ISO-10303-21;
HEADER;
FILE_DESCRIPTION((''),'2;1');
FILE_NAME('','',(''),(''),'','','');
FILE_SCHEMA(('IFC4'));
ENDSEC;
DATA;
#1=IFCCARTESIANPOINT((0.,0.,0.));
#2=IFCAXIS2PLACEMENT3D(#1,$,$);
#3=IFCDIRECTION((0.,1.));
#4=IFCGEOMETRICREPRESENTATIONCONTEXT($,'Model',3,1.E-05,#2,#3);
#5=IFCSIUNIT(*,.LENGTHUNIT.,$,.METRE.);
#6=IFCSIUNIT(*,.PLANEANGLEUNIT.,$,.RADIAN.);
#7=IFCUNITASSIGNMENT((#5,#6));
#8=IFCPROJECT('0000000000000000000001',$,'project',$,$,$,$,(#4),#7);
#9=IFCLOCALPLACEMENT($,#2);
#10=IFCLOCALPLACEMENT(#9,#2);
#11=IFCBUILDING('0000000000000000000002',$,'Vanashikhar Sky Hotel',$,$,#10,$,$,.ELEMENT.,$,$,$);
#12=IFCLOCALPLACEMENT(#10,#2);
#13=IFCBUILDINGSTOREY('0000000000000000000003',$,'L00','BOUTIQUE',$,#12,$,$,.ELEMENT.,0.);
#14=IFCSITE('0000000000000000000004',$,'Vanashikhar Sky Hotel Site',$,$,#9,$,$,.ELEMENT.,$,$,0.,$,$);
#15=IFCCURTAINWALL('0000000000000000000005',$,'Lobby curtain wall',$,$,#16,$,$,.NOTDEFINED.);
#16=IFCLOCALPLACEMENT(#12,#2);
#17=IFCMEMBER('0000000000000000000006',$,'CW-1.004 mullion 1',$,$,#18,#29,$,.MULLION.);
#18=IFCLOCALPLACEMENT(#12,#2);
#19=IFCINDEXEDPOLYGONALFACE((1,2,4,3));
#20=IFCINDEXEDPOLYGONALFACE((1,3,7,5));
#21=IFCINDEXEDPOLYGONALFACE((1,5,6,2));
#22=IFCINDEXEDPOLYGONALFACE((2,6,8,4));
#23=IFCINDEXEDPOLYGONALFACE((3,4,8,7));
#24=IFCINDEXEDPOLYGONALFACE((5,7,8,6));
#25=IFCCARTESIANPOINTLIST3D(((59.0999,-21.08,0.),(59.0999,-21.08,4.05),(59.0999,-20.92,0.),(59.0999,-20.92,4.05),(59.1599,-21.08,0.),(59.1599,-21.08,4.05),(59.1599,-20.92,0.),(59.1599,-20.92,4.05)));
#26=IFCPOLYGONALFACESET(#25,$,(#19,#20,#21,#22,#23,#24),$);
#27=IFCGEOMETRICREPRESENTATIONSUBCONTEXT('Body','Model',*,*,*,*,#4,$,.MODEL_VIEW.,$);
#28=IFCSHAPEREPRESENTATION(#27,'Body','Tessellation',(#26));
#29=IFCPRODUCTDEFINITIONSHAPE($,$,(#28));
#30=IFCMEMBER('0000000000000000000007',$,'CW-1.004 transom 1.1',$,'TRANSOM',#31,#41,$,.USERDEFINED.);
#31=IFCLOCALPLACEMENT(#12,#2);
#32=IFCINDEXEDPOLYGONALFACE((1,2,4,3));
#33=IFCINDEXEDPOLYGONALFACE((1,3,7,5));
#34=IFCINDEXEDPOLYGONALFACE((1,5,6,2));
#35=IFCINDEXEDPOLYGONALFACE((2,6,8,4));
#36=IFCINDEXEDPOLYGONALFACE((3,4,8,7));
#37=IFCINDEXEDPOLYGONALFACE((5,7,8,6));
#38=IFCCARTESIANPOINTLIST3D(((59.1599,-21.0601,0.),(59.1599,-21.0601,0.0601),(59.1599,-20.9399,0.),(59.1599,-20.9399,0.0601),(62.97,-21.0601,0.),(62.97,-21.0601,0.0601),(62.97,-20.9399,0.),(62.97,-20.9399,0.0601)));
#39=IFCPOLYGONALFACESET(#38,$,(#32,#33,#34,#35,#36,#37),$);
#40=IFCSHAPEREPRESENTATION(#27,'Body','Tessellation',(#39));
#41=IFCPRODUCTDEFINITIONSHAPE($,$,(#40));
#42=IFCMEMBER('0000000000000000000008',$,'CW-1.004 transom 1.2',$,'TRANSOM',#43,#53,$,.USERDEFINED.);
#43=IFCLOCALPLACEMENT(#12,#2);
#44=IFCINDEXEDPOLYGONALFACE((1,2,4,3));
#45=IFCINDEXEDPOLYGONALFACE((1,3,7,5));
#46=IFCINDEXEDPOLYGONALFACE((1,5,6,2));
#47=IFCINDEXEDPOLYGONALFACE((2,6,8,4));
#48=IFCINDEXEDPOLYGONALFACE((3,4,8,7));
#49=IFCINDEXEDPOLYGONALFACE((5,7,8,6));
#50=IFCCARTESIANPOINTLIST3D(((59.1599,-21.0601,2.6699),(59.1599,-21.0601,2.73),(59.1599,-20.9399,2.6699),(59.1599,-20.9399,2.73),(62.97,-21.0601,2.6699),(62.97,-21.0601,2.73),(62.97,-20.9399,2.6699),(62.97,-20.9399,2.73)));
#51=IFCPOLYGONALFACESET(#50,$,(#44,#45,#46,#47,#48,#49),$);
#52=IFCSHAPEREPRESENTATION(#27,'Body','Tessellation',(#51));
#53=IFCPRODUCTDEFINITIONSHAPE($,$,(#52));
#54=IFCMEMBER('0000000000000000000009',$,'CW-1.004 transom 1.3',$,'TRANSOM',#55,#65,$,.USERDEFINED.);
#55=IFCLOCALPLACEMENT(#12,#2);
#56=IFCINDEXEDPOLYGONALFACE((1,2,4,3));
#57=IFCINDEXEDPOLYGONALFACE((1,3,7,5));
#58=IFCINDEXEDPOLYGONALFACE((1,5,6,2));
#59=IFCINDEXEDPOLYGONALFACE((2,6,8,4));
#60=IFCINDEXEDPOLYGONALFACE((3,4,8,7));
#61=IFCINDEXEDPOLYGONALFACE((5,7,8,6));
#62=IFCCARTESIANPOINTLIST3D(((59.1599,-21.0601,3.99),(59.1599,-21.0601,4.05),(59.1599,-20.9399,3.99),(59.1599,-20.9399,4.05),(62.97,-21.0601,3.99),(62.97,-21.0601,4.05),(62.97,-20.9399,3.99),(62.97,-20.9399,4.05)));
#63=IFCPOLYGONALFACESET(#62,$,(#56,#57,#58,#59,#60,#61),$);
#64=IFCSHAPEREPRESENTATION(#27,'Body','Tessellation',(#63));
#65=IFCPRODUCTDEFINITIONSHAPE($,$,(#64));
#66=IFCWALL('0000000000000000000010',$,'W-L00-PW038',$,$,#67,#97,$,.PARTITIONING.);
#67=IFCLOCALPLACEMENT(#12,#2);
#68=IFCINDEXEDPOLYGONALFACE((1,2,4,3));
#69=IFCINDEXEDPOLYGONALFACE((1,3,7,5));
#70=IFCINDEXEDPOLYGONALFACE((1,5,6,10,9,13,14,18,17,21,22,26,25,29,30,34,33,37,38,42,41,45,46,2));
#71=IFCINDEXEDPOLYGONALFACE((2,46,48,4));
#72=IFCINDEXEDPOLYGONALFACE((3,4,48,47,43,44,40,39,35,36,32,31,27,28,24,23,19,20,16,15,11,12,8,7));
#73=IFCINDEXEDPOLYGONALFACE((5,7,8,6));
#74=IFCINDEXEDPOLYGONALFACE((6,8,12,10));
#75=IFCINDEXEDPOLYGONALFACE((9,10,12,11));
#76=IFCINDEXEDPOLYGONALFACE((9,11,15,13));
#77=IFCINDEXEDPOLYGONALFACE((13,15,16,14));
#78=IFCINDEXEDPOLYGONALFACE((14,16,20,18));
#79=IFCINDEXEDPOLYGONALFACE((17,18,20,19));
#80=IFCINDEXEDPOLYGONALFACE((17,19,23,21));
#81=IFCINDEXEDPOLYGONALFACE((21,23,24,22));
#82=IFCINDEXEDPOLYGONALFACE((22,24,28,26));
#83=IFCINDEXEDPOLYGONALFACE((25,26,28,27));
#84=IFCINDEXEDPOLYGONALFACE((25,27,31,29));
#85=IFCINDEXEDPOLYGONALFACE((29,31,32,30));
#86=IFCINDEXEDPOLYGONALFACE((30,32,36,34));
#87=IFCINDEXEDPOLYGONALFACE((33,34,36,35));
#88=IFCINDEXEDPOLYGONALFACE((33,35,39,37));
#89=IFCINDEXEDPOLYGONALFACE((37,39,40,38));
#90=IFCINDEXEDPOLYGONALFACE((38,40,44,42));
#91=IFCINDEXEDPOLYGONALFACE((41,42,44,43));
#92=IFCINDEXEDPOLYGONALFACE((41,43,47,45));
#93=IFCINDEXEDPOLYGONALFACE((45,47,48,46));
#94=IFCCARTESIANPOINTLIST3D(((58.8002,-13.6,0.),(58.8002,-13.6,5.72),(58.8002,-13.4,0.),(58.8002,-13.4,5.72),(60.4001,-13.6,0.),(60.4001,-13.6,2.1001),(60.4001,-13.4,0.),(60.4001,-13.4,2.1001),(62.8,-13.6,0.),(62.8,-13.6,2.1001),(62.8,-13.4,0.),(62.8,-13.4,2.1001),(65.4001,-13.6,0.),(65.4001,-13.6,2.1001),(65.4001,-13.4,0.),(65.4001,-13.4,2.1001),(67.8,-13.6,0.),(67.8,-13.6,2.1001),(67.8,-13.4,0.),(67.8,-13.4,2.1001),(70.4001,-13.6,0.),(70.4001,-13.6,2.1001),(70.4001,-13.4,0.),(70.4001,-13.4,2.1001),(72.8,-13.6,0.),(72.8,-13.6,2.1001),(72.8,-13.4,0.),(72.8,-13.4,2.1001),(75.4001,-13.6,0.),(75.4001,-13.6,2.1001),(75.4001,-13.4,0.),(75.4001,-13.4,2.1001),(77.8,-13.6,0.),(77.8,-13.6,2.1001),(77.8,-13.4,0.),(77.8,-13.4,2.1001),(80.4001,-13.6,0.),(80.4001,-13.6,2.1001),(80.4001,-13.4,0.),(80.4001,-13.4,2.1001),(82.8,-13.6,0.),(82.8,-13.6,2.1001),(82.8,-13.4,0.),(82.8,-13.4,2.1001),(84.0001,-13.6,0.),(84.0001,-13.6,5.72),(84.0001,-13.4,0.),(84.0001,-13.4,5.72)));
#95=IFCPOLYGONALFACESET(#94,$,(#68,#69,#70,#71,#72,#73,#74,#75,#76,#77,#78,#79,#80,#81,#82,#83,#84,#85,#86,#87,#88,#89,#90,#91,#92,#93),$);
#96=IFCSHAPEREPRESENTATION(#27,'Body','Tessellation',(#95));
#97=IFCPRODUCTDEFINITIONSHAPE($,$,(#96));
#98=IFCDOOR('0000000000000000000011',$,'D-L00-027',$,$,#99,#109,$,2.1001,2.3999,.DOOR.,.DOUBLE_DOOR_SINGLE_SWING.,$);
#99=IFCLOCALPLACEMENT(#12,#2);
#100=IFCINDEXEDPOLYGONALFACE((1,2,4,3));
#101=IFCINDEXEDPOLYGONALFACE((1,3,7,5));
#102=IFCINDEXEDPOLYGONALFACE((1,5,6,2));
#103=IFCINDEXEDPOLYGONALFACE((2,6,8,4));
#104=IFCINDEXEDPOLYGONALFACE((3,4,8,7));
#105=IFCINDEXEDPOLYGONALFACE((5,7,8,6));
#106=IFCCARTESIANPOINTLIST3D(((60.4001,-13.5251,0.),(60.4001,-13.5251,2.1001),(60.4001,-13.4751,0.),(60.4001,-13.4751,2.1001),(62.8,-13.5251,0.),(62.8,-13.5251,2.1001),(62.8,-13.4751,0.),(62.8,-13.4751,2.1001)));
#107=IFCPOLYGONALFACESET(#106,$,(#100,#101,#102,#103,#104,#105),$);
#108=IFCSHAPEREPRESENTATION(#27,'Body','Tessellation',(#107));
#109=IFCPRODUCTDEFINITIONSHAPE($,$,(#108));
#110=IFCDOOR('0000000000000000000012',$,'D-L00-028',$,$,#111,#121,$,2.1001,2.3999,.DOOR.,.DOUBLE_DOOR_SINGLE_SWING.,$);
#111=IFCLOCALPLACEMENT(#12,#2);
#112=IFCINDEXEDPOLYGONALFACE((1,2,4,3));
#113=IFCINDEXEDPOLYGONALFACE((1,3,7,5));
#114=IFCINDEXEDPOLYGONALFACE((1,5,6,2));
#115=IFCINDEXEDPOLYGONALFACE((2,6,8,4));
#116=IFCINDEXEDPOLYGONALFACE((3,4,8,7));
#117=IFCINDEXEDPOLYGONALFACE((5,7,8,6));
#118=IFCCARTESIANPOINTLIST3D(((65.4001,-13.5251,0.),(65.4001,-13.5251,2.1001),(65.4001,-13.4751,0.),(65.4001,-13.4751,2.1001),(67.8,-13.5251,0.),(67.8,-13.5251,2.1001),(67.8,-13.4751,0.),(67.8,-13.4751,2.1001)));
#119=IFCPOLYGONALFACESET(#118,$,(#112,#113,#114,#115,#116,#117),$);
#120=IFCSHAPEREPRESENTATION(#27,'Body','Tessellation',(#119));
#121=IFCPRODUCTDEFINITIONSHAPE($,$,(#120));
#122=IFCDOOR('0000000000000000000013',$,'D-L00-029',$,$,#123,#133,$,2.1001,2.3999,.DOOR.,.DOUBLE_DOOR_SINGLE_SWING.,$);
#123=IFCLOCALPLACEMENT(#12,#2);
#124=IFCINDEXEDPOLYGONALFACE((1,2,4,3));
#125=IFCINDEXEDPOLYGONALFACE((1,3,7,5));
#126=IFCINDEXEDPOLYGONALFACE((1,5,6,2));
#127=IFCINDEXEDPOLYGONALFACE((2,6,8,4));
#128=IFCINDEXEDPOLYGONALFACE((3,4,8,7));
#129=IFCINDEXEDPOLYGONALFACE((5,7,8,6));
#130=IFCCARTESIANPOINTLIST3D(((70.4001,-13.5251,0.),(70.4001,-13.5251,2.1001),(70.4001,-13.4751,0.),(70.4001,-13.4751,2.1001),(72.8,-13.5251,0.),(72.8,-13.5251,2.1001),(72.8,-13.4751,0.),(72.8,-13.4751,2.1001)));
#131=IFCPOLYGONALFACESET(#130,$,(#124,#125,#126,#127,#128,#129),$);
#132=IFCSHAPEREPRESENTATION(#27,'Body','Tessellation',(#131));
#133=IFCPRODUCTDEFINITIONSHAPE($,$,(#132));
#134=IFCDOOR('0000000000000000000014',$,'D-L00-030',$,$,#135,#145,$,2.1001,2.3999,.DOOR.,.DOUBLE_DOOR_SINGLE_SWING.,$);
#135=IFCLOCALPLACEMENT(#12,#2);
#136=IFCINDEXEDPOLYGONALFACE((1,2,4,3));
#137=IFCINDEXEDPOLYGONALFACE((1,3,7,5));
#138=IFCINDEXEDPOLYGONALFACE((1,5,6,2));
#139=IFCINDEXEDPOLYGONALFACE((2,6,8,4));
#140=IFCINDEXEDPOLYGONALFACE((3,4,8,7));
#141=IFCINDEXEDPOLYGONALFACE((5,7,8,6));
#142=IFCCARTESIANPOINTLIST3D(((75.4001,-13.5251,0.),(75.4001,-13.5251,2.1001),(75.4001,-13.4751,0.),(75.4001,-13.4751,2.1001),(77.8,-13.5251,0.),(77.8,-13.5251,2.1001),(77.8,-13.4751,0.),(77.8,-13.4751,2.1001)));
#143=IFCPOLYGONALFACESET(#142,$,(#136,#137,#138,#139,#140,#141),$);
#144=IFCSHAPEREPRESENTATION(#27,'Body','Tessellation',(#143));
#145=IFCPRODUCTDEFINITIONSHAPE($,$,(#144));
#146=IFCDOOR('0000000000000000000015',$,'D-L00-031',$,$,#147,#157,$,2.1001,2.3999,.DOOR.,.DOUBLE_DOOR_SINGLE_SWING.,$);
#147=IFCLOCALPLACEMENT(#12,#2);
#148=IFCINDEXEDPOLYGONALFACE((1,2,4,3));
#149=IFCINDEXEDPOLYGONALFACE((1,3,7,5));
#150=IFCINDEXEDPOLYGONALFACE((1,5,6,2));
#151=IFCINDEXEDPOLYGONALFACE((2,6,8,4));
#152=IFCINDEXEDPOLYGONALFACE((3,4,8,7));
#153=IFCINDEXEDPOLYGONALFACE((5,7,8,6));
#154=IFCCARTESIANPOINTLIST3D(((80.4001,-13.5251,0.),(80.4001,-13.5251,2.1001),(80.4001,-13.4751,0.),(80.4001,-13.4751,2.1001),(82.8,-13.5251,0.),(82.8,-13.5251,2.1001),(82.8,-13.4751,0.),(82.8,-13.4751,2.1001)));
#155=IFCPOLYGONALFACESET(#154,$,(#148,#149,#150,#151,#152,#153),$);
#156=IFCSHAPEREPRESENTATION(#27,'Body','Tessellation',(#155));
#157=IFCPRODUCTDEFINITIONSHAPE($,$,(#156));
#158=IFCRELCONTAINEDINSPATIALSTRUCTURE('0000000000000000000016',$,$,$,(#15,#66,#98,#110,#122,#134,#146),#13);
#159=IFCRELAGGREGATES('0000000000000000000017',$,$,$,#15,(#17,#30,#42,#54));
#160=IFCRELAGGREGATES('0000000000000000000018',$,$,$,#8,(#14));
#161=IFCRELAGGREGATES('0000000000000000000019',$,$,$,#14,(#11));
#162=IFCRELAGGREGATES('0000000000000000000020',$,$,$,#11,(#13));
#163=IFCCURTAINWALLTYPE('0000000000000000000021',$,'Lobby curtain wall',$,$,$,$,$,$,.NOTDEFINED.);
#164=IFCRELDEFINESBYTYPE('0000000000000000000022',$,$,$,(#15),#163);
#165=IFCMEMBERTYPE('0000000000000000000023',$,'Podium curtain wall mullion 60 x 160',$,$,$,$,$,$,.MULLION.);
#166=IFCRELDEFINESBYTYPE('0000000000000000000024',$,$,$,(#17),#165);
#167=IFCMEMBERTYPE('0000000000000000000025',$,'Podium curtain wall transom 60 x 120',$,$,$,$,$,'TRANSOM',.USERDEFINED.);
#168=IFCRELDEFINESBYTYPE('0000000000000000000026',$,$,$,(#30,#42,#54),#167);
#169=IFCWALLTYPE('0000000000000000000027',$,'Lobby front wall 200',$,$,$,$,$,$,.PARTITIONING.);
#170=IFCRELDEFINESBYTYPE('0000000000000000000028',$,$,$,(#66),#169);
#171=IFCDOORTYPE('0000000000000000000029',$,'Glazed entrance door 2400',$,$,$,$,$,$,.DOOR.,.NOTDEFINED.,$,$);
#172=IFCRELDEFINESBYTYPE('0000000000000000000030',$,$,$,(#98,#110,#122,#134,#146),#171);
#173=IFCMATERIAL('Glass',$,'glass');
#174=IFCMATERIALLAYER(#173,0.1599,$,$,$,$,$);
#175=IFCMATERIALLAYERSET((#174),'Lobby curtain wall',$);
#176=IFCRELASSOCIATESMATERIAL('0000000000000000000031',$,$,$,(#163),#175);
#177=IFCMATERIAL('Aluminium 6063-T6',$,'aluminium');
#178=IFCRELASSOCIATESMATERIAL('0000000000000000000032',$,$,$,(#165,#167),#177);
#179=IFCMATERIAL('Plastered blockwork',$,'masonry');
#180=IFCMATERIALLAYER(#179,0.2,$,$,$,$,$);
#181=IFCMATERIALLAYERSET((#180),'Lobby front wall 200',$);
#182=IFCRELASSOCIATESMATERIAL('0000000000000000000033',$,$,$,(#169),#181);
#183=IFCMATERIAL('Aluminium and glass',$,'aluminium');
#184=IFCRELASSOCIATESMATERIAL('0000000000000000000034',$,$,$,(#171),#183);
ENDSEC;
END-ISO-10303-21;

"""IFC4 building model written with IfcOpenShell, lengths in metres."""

from ifc_helpers import new_model, si_unit, direction, frame, frame_2d, origin, origin_2d, place, context, subcontext, project, spatial, rectangle, extrude, source, transform, mapped, material, layer, layer_set, material_profile, profile_set, type_object, element, fill, aggregate, save


model = new_model("IFC4")

# Units and contexts
model_context = context("Model", 3, precision=1e-05, world=origin(), true_north=direction((0.0, 1.0)))
body_context = subcontext(model_context, "Body", "Model", "MODEL_VIEW")
ifc_project = project(units=[si_unit("LENGTHUNIT", "METRE"), si_unit("PLANEANGLEUNIT", "RADIAN")], contexts=[model_context])

# Site, building, storey
site_placement = place(None, origin())
site = spatial("IfcSite", under=ifc_project, at=site_placement, Name="Vanashikhar Sky Hotel Site", CompositionType="ELEMENT", RefElevation=0.0)
building_placement = place(site_placement, origin())
building = spatial("IfcBuilding", under=site, at=building_placement, Name="Vanashikhar Sky Hotel", CompositionType="ELEMENT")
storey_placement = place(building_placement, origin())
storey = spatial("IfcBuildingStorey", under=building, at=storey_placement, Name="L00", Description="BOUTIQUE", CompositionType="ELEMENT", Elevation=0.0)

# Curtain wall, members
ifc_material_1 = material(Name="Glass", Category="glass")
ifc_layer_1 = layer(ifc_material_1, 0.1599)
ifc_layer_set_1 = layer_set([ifc_layer_1], Name="Lobby curtain wall")
curtain_wall_type = type_object("IfcCurtainWallType", Name="Lobby curtain wall", PredefinedType="NOTDEFINED", material=ifc_layer_set_1)
curtain_wall_placement = place(storey_placement, origin())
curtain_wall = element("IfcCurtainWall", 1, at=curtain_wall_placement, inside=storey, type_object=curtain_wall_type, Name="Lobby curtain wall", PredefinedType="NOTDEFINED")
ifc_material_2 = material(Name="Aluminium 6063-T6", Category="aluminium")
ifc_material_profile_1 = material_profile(ifc_material_2, rectangle(XDim=0.1599, YDim=0.0601, at=origin_2d()))
ifc_profile_set_1 = profile_set([ifc_material_profile_1], Name="Aluminium 6063-T6")
member_type_1 = type_object("IfcMemberType", Name="Podium curtain wall mullion 60 x 160", PredefinedType="MULLION", material=ifc_profile_set_1)
shared_shape_1 = source(origin(), body_context, "Body", "SweptSolid", [
    extrude(rectangle(XDim=0.1599, YDim=0.0601, at=origin_2d()), origin(), (0.0, 0.0, 1.0), 4.05),
])
member_1_placement = place(storey_placement, frame((59.1299, -21.0, 0.0), z_axis=(0.0, 0.0, 1.0), x_axis=(0.0, 1.0, 0.0)))
member_1 = element("IfcMember", 2, at=member_1_placement, type_object=member_type_1, Name="CW-1.004 mullion 1", PredefinedType="MULLION", context=body_context, shape_type="MappedRepresentation", body=[
    mapped(shared_shape_1, transform((0.0, 0.0, 0.0), scale=1.0)),
])
ifc_material_profile_2 = material_profile(ifc_material_2, rectangle(XDim=0.1201, YDim=0.0601, at=origin_2d()))
ifc_profile_set_2 = profile_set([ifc_material_profile_2], Name="Aluminium 6063-T6")
member_type_2 = type_object("IfcMemberType", Name="Podium curtain wall transom 60 x 120", ElementType="TRANSOM", PredefinedType="USERDEFINED", material=ifc_profile_set_2)
shared_shape_2 = source(origin(), body_context, "Body", "SweptSolid", [
    extrude(rectangle(XDim=0.1201, YDim=0.0601, at=origin_2d()), origin(), (0.0, 0.0, 1.0), 3.8101),
])
member_2_placement = place(storey_placement, frame((59.1599, -21.0, 0.03), z_axis=(1.0, 0.0, 0.0), x_axis=(0.0, 1.0, 0.0)))
member_2 = element("IfcMember", 3, at=member_2_placement, type_object=member_type_2, Name="CW-1.004 transom 1.1", ObjectType="TRANSOM", PredefinedType="USERDEFINED", context=body_context, shape_type="MappedRepresentation", body=[
    mapped(shared_shape_2, transform((0.0, 0.0, 0.0), scale=1.0)),
])
member_3_placement = place(storey_placement, frame((59.1599, -21.0, 2.7), z_axis=(1.0, 0.0, 0.0), x_axis=(0.0, 1.0, 0.0)))
member_3 = element("IfcMember", 4, at=member_3_placement, type_object=member_type_2, Name="CW-1.004 transom 1.2", ObjectType="TRANSOM", PredefinedType="USERDEFINED", context=body_context, shape_type="MappedRepresentation", body=[
    mapped(shared_shape_2, transform((0.0, 0.0, 0.0), scale=1.0)),
])
member_4_placement = place(storey_placement, frame((59.1599, -21.0, 4.02), z_axis=(1.0, 0.0, 0.0), x_axis=(0.0, 1.0, 0.0)))
member_4 = element("IfcMember", 5, at=member_4_placement, type_object=member_type_2, Name="CW-1.004 transom 1.3", ObjectType="TRANSOM", PredefinedType="USERDEFINED", context=body_context, shape_type="MappedRepresentation", body=[
    mapped(shared_shape_2, transform((0.0, 0.0, 0.0), scale=1.0)),
])
aggregate(curtain_wall, [member_1, member_2, member_3, member_4])

# Wall, openings, doors
ifc_material_3 = material(Name="Plastered blockwork", Category="masonry")
ifc_layer_2 = layer(ifc_material_3, 0.2)
ifc_layer_set_2 = layer_set([ifc_layer_2], Name="Lobby front wall 200")
wall_type_1 = type_object("IfcWallType", Name="Lobby front wall 200", PredefinedType="PARTITIONING", material=ifc_layer_set_2)
shared_shape_3 = source(origin(), body_context, "Body", "SweptSolid", [
    extrude(rectangle(XDim=25.2, YDim=0.2, at=frame_2d((12.6001, 0.0))), origin(), (0.0, 0.0, 1.0), 5.72),
])
wall_1_placement = place(storey_placement, frame((58.8, -13.5, 0.0), z_axis=(0.0, 0.0, 1.0), x_axis=(1.0, 0.0, 0.0)))
wall_1 = element("IfcWall", 6, at=wall_1_placement, inside=storey, type_object=wall_type_1, Name="W-L00-PW038", PredefinedType="PARTITIONING", context=body_context, shape_type="MappedRepresentation", body=[
    mapped(shared_shape_3, transform((0.0, 0.0, 0.0), scale=1.0)),
])
shared_shape_4 = source(origin(), body_context, "Body", "SweptSolid", [
    extrude(rectangle(XDim=2.3999, YDim=2.1001, at=frame_2d((1.2, 1.05))), frame((0.0, 0.1099, 0.0), z_axis=(0.0, -1.0, 0.0), x_axis=(1.0, 0.0, 0.0)), (0.0, 0.0, 1.0), 0.22),
])
opening_1_placement = place(wall_1_placement, frame((1.6001, 0.0, 0.0)))
opening_1 = element("IfcOpeningElement", 7, at=opening_1_placement, cuts=wall_1, PredefinedType="OPENING", context=body_context, shape_type="MappedRepresentation", body=[
    mapped(shared_shape_4, transform((0.0, 0.0, 0.0), scale=1.0)),
])
opening_2_placement = place(wall_1_placement, frame((6.6001, 0.0, 0.0)))
opening_2 = element("IfcOpeningElement", 8, at=opening_2_placement, cuts=wall_1, PredefinedType="OPENING", context=body_context, shape_type="MappedRepresentation", body=[
    mapped(shared_shape_4, transform((0.0, 0.0, 0.0), scale=1.0)),
])
opening_3_placement = place(wall_1_placement, frame((11.6001, 0.0, 0.0)))
opening_3 = element("IfcOpeningElement", 9, at=opening_3_placement, cuts=wall_1, PredefinedType="OPENING", context=body_context, shape_type="MappedRepresentation", body=[
    mapped(shared_shape_4, transform((0.0, 0.0, 0.0), scale=1.0)),
])
opening_4_placement = place(wall_1_placement, frame((16.6001, 0.0, 0.0)))
opening_4 = element("IfcOpeningElement", 10, at=opening_4_placement, cuts=wall_1, PredefinedType="OPENING", context=body_context, shape_type="MappedRepresentation", body=[
    mapped(shared_shape_4, transform((0.0, 0.0, 0.0), scale=1.0)),
])
opening_5_placement = place(wall_1_placement, frame((21.6001, 0.0, 0.0)))
opening_5 = element("IfcOpeningElement", 11, at=opening_5_placement, cuts=wall_1, PredefinedType="OPENING", context=body_context, shape_type="MappedRepresentation", body=[
    mapped(shared_shape_4, transform((0.0, 0.0, 0.0), scale=1.0)),
])
ifc_material_4 = material(Name="Aluminium and glass", Category="aluminium")
door_type_1 = type_object("IfcDoorType", Name="Glazed entrance door 2400", OperationType="NOTDEFINED", PredefinedType="DOOR", material=ifc_material_4)
shared_shape_5 = source(origin(), body_context, "Body", "SweptSolid", [
    extrude(rectangle(XDim=2.3999, YDim=2.1001, at=frame_2d((1.2, 1.05))), frame((0.0, 0.0249, 0.0), z_axis=(0.0, -1.0, 0.0), x_axis=(1.0, 0.0, 0.0)), (0.0, 0.0, 1.0), 0.05),
])
door_1_placement = place(opening_1_placement, origin())
door_1 = element("IfcDoor", 12, at=door_1_placement, inside=storey, type_object=door_type_1, Name="D-L00-027", OperationType="DOUBLE_DOOR_SINGLE_SWING", OverallHeight=2.1001, OverallWidth=2.3999, PredefinedType="DOOR", context=body_context, shape_type="MappedRepresentation", body=[
    mapped(shared_shape_5, transform((0.0, 0.0, 0.0), scale=1.0)),
])
fill(opening_1, door_1)
door_2_placement = place(opening_2_placement, origin())
door_2 = element("IfcDoor", 13, at=door_2_placement, inside=storey, type_object=door_type_1, Name="D-L00-028", OperationType="DOUBLE_DOOR_SINGLE_SWING", OverallHeight=2.1001, OverallWidth=2.3999, PredefinedType="DOOR", context=body_context, shape_type="MappedRepresentation", body=[
    mapped(shared_shape_5, transform((0.0, 0.0, 0.0), scale=1.0)),
])
fill(opening_2, door_2)
door_3_placement = place(opening_3_placement, origin())
door_3 = element("IfcDoor", 14, at=door_3_placement, inside=storey, type_object=door_type_1, Name="D-L00-029", OperationType="DOUBLE_DOOR_SINGLE_SWING", OverallHeight=2.1001, OverallWidth=2.3999, PredefinedType="DOOR", context=body_context, shape_type="MappedRepresentation", body=[
    mapped(shared_shape_5, transform((0.0, 0.0, 0.0), scale=1.0)),
])
fill(opening_3, door_3)
door_4_placement = place(opening_4_placement, origin())
door_4 = element("IfcDoor", 15, at=door_4_placement, inside=storey, type_object=door_type_1, Name="D-L00-030", OperationType="DOUBLE_DOOR_SINGLE_SWING", OverallHeight=2.1001, OverallWidth=2.3999, PredefinedType="DOOR", context=body_context, shape_type="MappedRepresentation", body=[
    mapped(shared_shape_5, transform((0.0, 0.0, 0.0), scale=1.0)),
])
fill(opening_4, door_4)
door_5_placement = place(opening_5_placement, origin())
door_5 = element("IfcDoor", 16, at=door_5_placement, inside=storey, type_object=door_type_1, Name="D-L00-031", OperationType="DOUBLE_DOOR_SINGLE_SWING", OverallHeight=2.1001, OverallWidth=2.3999, PredefinedType="DOOR", context=body_context, shape_type="MappedRepresentation", body=[
    mapped(shared_shape_5, transform((0.0, 0.0, 0.0), scale=1.0)),
])
fill(opening_5, door_5)

save(model, "model.ifc")
